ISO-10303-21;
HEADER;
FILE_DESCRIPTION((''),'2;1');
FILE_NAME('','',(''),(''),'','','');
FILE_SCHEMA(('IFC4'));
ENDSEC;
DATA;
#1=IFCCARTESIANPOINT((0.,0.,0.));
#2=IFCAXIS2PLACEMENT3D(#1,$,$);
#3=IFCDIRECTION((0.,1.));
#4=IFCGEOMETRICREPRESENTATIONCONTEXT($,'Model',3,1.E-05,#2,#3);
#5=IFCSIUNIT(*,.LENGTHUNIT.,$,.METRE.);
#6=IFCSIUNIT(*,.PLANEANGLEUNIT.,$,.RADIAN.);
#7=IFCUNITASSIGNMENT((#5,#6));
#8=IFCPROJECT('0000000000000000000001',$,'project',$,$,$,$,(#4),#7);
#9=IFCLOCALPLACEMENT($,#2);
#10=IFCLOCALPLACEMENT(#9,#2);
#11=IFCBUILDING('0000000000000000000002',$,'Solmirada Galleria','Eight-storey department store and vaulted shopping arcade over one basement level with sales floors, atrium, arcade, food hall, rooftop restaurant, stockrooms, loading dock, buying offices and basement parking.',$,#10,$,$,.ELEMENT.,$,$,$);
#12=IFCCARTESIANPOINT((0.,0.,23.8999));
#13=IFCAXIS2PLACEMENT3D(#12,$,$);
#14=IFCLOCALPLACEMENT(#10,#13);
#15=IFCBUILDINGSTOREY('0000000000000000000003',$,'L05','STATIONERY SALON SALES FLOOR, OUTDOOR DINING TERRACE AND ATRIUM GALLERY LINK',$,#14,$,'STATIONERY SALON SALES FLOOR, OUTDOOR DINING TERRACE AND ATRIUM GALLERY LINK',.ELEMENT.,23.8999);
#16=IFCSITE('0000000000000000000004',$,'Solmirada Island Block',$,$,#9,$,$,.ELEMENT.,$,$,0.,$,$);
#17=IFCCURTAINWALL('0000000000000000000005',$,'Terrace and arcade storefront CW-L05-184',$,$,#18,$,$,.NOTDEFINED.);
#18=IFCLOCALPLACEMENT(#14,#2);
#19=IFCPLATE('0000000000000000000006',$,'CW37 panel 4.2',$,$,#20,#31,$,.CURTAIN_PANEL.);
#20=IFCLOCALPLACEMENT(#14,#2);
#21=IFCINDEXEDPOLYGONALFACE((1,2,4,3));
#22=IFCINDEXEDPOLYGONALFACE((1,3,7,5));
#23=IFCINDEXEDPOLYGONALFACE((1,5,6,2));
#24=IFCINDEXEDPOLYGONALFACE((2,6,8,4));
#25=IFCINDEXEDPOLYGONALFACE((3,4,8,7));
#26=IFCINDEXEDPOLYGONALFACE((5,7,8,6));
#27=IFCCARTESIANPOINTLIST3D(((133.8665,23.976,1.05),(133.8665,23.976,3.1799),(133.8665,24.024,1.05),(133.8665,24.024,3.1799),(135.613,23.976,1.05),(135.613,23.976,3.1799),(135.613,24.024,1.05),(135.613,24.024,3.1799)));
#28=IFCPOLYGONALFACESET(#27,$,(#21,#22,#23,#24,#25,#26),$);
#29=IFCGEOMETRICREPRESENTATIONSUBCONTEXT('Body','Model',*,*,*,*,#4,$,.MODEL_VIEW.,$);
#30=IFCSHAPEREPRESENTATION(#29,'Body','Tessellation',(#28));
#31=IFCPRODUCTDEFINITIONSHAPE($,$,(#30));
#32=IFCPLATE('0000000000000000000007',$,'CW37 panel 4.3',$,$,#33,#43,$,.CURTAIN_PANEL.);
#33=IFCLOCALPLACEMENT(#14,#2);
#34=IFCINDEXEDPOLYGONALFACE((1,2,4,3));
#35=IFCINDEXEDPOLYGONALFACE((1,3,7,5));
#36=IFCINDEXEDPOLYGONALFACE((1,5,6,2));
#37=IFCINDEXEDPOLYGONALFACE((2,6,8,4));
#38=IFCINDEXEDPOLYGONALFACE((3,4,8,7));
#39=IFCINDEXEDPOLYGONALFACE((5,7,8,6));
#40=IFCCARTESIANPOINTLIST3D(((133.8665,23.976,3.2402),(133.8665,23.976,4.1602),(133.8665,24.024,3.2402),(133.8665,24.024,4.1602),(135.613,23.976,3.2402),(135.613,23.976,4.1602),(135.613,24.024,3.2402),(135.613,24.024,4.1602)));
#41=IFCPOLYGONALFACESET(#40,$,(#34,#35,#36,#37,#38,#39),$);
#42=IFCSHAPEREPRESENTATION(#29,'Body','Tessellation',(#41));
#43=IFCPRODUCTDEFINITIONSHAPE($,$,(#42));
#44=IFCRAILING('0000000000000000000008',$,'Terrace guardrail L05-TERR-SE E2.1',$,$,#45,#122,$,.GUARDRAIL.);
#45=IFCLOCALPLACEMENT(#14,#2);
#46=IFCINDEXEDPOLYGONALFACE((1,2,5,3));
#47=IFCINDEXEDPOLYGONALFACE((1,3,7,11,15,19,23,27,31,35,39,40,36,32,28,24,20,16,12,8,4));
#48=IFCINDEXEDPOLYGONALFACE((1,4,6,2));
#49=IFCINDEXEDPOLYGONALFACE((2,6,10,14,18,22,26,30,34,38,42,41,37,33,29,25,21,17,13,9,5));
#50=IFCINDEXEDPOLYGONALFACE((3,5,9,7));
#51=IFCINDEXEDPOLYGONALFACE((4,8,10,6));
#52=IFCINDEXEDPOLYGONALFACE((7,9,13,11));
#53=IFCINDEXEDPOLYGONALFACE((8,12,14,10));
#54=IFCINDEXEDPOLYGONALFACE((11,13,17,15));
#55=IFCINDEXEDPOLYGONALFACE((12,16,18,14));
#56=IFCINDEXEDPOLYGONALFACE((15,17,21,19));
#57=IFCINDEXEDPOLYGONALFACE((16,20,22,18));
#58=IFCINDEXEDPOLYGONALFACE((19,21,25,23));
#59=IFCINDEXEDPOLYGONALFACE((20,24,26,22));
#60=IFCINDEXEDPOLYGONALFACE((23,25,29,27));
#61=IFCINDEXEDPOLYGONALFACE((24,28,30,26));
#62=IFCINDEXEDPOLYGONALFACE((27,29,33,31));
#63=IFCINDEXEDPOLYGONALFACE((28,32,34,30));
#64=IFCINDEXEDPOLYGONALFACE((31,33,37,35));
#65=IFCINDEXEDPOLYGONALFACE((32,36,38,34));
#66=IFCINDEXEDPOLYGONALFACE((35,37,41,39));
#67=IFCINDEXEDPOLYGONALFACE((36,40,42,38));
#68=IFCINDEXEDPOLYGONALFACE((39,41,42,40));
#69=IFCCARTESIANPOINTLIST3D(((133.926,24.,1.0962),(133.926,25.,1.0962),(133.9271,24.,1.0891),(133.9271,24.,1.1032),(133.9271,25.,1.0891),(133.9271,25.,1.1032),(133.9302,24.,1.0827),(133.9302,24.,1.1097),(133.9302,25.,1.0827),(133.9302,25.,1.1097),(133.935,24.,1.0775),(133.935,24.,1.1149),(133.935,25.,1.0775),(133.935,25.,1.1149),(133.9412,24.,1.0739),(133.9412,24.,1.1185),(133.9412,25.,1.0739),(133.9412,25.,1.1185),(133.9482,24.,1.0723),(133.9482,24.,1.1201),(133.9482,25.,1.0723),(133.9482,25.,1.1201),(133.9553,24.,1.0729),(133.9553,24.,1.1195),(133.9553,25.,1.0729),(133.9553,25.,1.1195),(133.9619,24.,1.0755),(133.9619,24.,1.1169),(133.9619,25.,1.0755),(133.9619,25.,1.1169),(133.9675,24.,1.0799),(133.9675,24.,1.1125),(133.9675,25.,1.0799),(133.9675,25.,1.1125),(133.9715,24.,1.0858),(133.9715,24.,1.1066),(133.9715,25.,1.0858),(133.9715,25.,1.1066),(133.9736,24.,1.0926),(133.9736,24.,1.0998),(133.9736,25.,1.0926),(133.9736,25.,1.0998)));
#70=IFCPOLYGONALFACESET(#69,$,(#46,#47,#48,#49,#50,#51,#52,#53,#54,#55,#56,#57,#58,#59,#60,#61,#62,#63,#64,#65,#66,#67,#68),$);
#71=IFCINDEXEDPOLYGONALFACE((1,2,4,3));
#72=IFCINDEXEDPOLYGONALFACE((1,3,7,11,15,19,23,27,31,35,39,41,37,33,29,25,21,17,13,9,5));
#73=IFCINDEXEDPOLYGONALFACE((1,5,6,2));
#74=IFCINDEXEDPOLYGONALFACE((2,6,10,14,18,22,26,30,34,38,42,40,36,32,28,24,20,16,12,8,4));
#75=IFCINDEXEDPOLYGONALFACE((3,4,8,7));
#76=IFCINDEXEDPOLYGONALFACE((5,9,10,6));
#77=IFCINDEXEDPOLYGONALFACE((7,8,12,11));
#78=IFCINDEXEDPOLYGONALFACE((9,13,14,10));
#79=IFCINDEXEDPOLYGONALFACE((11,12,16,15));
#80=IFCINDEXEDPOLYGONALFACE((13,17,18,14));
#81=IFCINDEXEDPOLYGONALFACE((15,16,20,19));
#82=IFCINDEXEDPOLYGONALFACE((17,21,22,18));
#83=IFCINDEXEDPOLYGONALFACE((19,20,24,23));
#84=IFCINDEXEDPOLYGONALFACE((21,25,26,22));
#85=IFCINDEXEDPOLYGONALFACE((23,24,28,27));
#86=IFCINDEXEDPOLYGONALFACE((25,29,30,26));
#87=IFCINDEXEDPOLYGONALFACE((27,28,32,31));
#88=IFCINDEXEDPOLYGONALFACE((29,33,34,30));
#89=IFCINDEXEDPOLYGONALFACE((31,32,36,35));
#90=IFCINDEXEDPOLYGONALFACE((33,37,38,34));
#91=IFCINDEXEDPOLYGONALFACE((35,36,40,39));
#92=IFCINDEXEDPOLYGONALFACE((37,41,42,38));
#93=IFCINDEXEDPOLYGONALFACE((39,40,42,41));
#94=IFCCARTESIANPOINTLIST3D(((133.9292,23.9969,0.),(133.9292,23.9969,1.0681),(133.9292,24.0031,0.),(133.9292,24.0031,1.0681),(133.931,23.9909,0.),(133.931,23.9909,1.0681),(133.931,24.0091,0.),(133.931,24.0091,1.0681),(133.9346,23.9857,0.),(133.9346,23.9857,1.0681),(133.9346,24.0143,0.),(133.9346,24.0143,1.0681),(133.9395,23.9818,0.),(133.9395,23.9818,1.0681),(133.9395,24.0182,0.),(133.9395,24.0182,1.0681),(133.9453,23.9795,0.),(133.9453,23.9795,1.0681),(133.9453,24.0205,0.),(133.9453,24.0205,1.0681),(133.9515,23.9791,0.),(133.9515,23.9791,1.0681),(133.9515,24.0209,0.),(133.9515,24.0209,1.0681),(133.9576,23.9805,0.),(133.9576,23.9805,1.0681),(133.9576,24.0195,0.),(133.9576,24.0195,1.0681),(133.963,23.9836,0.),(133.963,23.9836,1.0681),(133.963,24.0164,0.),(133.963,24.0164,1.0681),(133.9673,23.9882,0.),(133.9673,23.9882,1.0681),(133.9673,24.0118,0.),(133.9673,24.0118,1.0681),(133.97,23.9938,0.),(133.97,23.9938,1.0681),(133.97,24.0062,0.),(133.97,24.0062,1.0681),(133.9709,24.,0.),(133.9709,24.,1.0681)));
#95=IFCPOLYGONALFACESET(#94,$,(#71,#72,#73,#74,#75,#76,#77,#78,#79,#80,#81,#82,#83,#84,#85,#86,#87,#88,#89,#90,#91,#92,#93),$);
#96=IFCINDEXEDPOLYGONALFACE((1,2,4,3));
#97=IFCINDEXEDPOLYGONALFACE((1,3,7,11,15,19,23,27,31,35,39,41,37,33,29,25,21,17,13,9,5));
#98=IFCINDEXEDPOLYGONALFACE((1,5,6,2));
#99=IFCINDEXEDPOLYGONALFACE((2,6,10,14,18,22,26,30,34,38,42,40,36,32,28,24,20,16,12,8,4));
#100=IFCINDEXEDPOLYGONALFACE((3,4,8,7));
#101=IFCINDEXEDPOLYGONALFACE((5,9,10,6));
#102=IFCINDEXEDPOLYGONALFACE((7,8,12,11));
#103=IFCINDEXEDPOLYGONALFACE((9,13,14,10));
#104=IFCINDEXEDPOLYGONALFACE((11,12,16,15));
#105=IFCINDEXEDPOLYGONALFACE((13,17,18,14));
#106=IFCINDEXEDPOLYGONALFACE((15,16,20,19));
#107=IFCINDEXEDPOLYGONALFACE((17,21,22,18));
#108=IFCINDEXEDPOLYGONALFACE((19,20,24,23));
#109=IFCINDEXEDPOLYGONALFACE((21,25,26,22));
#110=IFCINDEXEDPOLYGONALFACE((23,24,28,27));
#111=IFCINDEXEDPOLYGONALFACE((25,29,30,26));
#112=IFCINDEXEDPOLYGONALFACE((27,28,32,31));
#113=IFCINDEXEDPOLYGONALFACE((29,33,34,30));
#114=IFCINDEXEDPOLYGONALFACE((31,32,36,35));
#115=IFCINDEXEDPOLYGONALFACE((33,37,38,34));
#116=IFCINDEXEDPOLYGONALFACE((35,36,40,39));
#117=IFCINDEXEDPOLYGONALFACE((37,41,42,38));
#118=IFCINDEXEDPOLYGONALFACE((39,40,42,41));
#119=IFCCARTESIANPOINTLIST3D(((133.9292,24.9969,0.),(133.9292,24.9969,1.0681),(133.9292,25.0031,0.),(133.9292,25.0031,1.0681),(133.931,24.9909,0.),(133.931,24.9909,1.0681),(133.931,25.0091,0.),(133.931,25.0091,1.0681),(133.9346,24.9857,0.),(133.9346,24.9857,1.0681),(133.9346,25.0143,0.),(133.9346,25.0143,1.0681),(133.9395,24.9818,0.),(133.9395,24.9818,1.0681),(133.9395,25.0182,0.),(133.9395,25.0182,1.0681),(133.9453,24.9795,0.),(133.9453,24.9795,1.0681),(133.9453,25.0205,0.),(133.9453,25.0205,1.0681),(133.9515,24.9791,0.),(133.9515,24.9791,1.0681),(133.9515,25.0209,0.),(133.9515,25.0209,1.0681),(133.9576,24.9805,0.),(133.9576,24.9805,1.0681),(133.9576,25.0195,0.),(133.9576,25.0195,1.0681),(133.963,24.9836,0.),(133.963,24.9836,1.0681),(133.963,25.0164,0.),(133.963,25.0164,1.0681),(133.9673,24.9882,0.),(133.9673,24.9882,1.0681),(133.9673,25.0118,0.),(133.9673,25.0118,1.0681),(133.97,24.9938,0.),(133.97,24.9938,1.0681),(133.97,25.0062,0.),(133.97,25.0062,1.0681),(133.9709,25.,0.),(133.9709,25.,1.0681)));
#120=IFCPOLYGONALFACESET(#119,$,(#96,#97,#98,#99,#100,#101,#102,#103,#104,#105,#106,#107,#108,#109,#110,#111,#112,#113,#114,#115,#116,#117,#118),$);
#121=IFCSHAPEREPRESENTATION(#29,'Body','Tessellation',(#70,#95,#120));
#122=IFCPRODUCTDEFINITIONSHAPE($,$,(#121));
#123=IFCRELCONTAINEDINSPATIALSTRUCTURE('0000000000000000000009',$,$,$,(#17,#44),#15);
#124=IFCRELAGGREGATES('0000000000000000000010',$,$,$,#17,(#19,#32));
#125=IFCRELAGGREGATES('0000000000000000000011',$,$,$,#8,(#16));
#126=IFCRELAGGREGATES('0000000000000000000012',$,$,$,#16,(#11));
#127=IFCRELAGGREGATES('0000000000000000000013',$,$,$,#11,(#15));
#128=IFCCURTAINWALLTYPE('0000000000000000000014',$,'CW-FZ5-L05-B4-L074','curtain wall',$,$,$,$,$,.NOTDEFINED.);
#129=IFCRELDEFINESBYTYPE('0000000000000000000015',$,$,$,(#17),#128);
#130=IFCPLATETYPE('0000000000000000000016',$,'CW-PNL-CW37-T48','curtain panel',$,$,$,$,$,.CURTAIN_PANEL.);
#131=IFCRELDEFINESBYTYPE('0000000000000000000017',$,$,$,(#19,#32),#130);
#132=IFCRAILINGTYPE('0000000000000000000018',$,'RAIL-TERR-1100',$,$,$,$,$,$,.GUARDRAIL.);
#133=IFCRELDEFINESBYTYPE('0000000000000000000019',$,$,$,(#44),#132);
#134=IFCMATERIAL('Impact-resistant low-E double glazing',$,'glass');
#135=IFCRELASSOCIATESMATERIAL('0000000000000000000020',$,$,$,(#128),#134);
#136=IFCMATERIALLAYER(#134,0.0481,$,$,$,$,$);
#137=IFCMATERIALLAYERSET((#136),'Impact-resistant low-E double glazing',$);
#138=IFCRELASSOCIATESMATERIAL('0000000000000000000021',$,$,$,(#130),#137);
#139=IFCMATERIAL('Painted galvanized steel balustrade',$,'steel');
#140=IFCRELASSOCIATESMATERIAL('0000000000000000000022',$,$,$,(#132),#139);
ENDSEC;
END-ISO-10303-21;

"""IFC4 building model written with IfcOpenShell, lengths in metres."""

from ifc_helpers import new_model, si_unit, direction, frame, origin, origin_2d, place, context, subcontext, project, spatial, rectangle, circle, extrude, material, layer, layer_set, type_object, element, aggregate, save


model = new_model("IFC4")

# Units and contexts
model_context = context("Model", 3, precision=1e-05, world=origin(), true_north=direction((0.0, 1.0)))
body_context = subcontext(model_context, "Body", "Model", "MODEL_VIEW")
ifc_project = project(units=[si_unit("LENGTHUNIT", "METRE"), si_unit("PLANEANGLEUNIT", "RADIAN")], contexts=[model_context])

# Site, building, storey
site_placement = place(None, origin())
site = spatial("IfcSite", under=ifc_project, at=site_placement, Name="Solmirada Island Block", CompositionType="ELEMENT", RefElevation=0.0)
building_placement = place(site_placement, origin())
building = spatial("IfcBuilding", under=site, at=building_placement, Name="Solmirada Galleria", Description="Eight-storey department store and vaulted shopping arcade over one basement level with sales floors, atrium, arcade, food hall, rooftop restaurant, stockrooms, loading dock, buying offices and basement parking.", CompositionType="ELEMENT")
storey_placement = place(building_placement, frame((0.0, 0.0, 23.8999)))
storey = spatial("IfcBuildingStorey", under=building, at=storey_placement, Name="L05", Description="STATIONERY SALON SALES FLOOR, OUTDOOR DINING TERRACE AND ATRIUM GALLERY LINK", LongName="STATIONERY SALON SALES FLOOR, OUTDOOR DINING TERRACE AND ATRIUM GALLERY LINK", CompositionType="ELEMENT", Elevation=23.8999)

# Curtain wall, plates
ifc_material_1 = material(Name="Impact-resistant low-E double glazing", Category="glass")
curtain_wall_type = type_object("IfcCurtainWallType", Name="CW-FZ5-L05-B4-L074", Description="curtain wall", PredefinedType="NOTDEFINED", material=ifc_material_1)
curtain_wall_placement = place(storey_placement, origin())
curtain_wall = element("IfcCurtainWall", 1, at=curtain_wall_placement, inside=storey, type_object=curtain_wall_type, Name="Terrace and arcade storefront CW-L05-184", PredefinedType="NOTDEFINED")
ifc_layer = layer(ifc_material_1, 0.0481)
ifc_layer_set = layer_set([ifc_layer], Name="Impact-resistant low-E double glazing")
plate_type = type_object("IfcPlateType", Name="CW-PNL-CW37-T48", Description="curtain panel", PredefinedType="CURTAIN_PANEL", material=ifc_layer_set)
plate_1_placement = place(storey_placement, frame((134.7397, 24.0, 1.05), z_axis=(0.0, 0.0, 1.0), x_axis=(1.0, 0.0, 0.0)))
plate_1 = element("IfcPlate", 2, at=plate_1_placement, type_object=plate_type, Name="CW37 panel 4.2", PredefinedType="CURTAIN_PANEL", context=body_context, shape_type="SweptSolid", body=[
    extrude(rectangle(XDim=1.7466, YDim=0.0481, at=origin_2d()), origin(), (0.0, 0.0, 1.0), 2.1299),
])
plate_2_placement = place(storey_placement, frame((134.7397, 24.0, 3.2402), z_axis=(0.0, 0.0, 1.0), x_axis=(1.0, 0.0, 0.0)))
plate_2 = element("IfcPlate", 3, at=plate_2_placement, type_object=plate_type, Name="CW37 panel 4.3", PredefinedType="CURTAIN_PANEL", context=body_context, shape_type="SweptSolid", body=[
    extrude(rectangle(XDim=1.7466, YDim=0.0481, at=origin_2d()), origin(), (0.0, 0.0, 1.0), 0.9199),
])
aggregate(curtain_wall, [plate_1, plate_2])

# Railing
ifc_material_2 = material(Name="Painted galvanized steel balustrade", Category="steel")
railing_type = type_object("IfcRailingType", Name="RAIL-TERR-1100", PredefinedType="GUARDRAIL", material=ifc_material_2)
railing_1_placement = place(storey_placement, frame((133.95, 24.0, 0.0)))
element("IfcRailing", 4, at=railing_1_placement, inside=storey, type_object=railing_type, Name="Terrace guardrail L05-TERR-SE E2.1", PredefinedType="GUARDRAIL", context=body_context, shape_type="SweptSolid", body=[
    extrude(circle(Radius=0.0239, at=origin_2d()), frame((0.0, 0.0, 1.0962), z_axis=(0.0, 1.0, 0.0), x_axis=(-1.0, 0.0, 0.0)), (0.0, 0.0, 1.0), 1.0),
    extrude(circle(Radius=0.021, at=origin_2d()), origin(), (0.0, 0.0, 1.0), 1.0681),
    extrude(circle(Radius=0.021, at=origin_2d()), frame((0.0, 1.0, 0.0)), (0.0, 0.0, 1.0), 1.0681),
])

save(model, "model.ifc")
